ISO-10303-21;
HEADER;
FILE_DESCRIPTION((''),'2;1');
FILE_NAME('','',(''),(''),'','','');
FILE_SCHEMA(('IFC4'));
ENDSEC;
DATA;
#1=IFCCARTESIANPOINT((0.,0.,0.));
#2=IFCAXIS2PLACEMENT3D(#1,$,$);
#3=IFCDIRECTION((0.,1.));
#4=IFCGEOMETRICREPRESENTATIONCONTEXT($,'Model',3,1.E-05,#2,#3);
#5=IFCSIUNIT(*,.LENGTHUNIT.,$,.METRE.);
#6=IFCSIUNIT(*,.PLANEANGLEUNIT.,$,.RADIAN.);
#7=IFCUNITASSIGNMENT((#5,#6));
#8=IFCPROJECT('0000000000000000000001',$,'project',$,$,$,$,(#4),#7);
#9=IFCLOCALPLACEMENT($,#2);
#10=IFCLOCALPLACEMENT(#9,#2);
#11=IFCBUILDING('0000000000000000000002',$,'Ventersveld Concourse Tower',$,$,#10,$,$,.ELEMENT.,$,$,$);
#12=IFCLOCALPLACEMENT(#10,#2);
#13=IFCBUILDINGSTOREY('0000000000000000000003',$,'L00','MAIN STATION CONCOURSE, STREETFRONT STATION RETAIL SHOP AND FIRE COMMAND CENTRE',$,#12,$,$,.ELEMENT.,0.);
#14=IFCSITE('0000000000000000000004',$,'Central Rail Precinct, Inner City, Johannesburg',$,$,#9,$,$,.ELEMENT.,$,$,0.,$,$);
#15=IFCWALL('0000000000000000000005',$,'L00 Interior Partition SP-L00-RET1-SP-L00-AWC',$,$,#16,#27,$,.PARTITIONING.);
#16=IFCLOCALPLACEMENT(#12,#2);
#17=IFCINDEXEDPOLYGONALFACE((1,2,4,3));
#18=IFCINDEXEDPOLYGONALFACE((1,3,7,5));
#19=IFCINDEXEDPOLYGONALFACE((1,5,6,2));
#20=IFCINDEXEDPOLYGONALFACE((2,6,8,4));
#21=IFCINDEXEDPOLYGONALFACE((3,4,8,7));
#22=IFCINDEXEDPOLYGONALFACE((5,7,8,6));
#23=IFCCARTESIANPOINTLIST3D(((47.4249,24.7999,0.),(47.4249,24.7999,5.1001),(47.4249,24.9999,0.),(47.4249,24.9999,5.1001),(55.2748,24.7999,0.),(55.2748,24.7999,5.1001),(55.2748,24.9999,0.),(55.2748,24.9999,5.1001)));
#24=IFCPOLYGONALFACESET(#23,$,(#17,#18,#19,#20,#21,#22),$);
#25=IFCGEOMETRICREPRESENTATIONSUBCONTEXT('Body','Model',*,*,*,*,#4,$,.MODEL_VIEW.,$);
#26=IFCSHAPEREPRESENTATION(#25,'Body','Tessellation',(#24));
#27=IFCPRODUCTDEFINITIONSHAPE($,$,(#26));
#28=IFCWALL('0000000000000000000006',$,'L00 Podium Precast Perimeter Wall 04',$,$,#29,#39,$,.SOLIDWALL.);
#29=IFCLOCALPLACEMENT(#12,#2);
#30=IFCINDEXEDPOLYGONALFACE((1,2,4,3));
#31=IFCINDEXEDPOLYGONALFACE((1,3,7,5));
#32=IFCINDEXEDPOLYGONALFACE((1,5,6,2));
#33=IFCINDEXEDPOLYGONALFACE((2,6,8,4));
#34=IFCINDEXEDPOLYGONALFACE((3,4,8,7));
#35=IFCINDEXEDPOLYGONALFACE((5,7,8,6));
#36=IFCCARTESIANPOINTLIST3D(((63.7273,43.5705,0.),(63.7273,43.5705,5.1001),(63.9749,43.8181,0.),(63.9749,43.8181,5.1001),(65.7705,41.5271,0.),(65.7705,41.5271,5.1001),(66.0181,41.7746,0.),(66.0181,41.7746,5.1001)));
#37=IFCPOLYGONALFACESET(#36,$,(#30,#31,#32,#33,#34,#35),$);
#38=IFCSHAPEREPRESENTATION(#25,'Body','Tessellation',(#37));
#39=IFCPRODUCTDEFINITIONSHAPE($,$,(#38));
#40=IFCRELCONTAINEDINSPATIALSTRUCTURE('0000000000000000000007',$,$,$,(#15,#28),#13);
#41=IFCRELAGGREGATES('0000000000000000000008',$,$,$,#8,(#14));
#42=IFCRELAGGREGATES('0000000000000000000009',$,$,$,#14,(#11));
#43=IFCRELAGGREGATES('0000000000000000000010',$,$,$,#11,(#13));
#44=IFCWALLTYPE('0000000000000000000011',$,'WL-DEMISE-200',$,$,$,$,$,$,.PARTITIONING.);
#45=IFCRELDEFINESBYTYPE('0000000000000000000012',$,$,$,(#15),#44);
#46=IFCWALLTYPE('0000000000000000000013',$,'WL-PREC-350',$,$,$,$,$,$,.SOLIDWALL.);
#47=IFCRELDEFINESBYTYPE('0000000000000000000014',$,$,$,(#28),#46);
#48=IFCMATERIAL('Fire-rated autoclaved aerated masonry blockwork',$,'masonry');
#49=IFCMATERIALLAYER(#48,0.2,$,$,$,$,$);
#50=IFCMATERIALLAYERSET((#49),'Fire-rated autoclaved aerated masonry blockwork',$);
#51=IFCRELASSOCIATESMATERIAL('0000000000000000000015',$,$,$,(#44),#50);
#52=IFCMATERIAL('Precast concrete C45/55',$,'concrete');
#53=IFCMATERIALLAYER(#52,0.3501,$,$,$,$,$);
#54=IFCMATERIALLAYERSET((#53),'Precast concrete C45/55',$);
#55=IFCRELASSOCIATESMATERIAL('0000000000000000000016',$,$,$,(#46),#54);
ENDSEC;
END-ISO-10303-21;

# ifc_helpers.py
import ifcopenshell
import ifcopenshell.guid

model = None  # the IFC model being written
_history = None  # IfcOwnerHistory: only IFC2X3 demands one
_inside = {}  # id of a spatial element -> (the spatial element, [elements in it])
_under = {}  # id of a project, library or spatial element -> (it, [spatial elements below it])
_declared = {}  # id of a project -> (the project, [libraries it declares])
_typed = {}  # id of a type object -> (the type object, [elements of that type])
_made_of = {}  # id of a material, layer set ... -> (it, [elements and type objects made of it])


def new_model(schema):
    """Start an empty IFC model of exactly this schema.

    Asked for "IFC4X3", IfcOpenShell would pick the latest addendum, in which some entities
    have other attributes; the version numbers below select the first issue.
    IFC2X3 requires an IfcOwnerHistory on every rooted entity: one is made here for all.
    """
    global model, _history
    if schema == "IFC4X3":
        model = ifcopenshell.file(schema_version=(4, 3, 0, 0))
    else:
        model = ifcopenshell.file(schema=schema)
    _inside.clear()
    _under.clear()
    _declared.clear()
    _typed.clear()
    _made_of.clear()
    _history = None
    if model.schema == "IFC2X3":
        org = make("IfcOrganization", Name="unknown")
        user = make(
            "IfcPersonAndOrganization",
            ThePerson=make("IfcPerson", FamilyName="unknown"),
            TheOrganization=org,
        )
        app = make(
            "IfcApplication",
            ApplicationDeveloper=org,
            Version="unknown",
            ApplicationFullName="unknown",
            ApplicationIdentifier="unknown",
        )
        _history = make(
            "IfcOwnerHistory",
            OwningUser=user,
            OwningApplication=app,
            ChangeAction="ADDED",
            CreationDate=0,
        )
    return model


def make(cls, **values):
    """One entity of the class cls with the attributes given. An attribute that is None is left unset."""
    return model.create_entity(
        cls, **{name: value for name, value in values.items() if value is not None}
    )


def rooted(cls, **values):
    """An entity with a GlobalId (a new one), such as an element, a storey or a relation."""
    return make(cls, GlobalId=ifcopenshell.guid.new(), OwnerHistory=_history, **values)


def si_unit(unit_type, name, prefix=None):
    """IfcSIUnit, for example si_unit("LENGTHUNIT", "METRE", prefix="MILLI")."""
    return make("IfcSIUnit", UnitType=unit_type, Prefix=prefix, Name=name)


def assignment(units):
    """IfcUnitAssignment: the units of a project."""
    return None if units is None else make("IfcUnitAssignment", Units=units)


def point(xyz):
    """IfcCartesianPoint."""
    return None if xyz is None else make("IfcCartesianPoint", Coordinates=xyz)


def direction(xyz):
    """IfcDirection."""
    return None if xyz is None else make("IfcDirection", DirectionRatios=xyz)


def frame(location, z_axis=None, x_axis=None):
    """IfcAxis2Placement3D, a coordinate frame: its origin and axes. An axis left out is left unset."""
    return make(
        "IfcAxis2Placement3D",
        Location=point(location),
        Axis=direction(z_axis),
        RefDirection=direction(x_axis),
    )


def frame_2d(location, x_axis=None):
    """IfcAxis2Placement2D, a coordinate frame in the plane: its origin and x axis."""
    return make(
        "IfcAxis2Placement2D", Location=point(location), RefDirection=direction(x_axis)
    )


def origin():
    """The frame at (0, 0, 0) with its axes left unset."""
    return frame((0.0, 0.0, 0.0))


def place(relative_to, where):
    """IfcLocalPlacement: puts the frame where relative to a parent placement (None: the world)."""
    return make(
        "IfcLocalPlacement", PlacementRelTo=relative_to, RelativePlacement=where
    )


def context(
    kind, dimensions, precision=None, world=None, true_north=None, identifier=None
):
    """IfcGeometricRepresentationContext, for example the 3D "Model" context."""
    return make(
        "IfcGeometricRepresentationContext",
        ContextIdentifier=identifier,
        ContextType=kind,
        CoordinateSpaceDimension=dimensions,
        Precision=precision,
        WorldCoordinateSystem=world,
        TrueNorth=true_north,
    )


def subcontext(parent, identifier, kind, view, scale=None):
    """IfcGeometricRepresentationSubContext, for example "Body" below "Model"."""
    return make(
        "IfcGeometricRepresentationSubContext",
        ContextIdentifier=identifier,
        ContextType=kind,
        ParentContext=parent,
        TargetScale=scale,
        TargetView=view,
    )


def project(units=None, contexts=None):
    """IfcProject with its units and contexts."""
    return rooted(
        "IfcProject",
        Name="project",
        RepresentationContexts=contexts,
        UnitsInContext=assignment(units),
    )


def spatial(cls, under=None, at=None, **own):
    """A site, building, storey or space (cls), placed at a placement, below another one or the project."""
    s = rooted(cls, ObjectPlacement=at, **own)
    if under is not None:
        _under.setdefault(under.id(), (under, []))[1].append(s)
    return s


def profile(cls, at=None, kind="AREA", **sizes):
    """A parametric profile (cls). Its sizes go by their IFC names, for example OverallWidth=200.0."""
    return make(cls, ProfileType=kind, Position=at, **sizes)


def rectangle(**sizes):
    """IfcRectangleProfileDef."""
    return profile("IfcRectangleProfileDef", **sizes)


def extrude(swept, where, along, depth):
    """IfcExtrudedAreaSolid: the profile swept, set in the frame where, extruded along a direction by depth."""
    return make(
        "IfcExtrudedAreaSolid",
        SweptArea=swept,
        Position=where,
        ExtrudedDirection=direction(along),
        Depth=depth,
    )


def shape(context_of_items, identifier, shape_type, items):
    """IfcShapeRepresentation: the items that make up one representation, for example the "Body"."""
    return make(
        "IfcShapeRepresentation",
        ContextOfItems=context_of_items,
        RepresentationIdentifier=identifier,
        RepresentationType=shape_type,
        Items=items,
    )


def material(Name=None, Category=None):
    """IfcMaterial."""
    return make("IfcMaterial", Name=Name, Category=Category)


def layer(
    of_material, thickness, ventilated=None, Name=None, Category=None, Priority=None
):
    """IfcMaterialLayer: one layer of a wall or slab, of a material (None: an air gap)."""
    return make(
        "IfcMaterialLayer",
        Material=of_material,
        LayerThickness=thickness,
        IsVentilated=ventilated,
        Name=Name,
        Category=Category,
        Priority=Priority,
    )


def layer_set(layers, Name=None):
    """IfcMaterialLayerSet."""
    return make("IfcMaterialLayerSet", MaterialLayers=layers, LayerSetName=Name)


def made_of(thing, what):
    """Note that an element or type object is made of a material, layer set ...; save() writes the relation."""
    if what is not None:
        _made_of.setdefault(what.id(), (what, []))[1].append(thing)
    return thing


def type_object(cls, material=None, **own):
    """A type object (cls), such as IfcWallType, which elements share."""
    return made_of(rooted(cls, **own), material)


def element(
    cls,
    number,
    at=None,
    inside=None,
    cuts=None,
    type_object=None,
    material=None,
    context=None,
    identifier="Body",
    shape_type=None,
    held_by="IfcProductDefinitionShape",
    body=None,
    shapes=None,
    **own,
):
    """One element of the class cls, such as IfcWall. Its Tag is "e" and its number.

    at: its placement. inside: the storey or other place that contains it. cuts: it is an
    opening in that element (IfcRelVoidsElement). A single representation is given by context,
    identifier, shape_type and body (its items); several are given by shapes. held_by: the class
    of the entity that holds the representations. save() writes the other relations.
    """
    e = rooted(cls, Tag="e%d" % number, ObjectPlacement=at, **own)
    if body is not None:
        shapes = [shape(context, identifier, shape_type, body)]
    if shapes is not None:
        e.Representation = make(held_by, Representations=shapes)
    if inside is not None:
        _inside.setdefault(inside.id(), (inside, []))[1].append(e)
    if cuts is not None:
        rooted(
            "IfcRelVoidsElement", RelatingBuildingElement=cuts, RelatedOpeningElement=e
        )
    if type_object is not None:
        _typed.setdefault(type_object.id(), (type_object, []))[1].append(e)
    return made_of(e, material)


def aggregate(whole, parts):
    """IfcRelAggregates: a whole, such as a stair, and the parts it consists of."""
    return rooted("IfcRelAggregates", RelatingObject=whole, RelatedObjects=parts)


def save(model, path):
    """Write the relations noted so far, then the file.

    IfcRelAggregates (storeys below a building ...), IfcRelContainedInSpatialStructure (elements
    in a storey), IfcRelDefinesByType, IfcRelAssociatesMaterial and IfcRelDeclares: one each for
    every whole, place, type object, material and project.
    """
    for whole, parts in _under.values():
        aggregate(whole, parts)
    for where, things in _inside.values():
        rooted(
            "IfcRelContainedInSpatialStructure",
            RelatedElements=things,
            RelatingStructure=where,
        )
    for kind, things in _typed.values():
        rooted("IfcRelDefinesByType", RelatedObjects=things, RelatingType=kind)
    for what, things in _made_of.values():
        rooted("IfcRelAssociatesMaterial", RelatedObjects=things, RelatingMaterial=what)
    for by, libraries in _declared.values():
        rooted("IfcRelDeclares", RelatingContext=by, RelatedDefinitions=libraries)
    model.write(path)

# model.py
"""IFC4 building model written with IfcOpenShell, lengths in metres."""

from ifc_helpers import new_model, si_unit, direction, frame, frame_2d, origin, place, context, subcontext, project, spatial, rectangle, extrude, material, layer, layer_set, type_object, element, save


model = new_model("IFC4")

# Units and contexts
model_context = context("Model", 3, precision=1e-05, world=origin(), true_north=direction((0.0, 1.0)))
body_context = subcontext(model_context, "Body", "Model", "MODEL_VIEW")
ifc_project = project(units=[si_unit("LENGTHUNIT", "METRE"), si_unit("PLANEANGLEUNIT", "RADIAN")], contexts=[model_context])

# Site, building, storey
site_placement = place(None, origin())
site = spatial("IfcSite", under=ifc_project, at=site_placement, Name="Central Rail Precinct, Inner City, Johannesburg", CompositionType="ELEMENT", RefElevation=0.0)
building_placement = place(site_placement, origin())
building = spatial("IfcBuilding", under=site, at=building_placement, Name="Ventersveld Concourse Tower", CompositionType="ELEMENT")
storey_placement = place(building_placement, origin())
storey = spatial("IfcBuildingStorey", under=building, at=storey_placement, Name="L00", Description="MAIN STATION CONCOURSE, STREETFRONT STATION RETAIL SHOP AND FIRE COMMAND CENTRE", CompositionType="ELEMENT", Elevation=0.0)

# Shared definitions
ifc_material_1 = material(Name="Fire-rated autoclaved aerated masonry blockwork", Category="masonry")

# Walls
ifc_layer_1 = layer(ifc_material_1, 0.2)
ifc_layer_set_1 = layer_set([ifc_layer_1], Name="Fire-rated autoclaved aerated masonry blockwork")
wall_type_1 = type_object("IfcWallType", Name="WL-DEMISE-200", PredefinedType="PARTITIONING", material=ifc_layer_set_1)
wall_1_placement = place(storey_placement, frame((47.425, 24.8999, 0.0), z_axis=(0.0, 0.0, 1.0), x_axis=(1.0, 0.0, 0.0)))
element("IfcWall", 1, at=wall_1_placement, inside=storey, type_object=wall_type_1, Name="L00 Interior Partition SP-L00-RET1-SP-L00-AWC", PredefinedType="PARTITIONING", context=body_context, shape_type="SweptSolid", body=[
    extrude(rectangle(XDim=7.8499, YDim=0.2, at=frame_2d((3.9248, 0.0))), origin(), (0.0, 0.0, 1.0), 5.1001),
])
ifc_material_2 = material(Name="Precast concrete C45/55", Category="concrete")
ifc_layer_2 = layer(ifc_material_2, 0.3501)
ifc_layer_set_2 = layer_set([ifc_layer_2], Name="Precast concrete C45/55")
wall_type_2 = type_object("IfcWallType", Name="WL-PREC-350", PredefinedType="SOLIDWALL", material=ifc_layer_set_2)
wall_2_placement = place(storey_placement, frame((65.8943, 41.6509, 0.0), z_axis=(0.0, 0.0, 1.0), x_axis=(-0.707065, 0.707149, 0.0)))
element("IfcWall", 2, at=wall_2_placement, inside=storey, type_object=wall_type_2, Name="L00 Podium Precast Perimeter Wall 04", PredefinedType="SOLIDWALL", context=body_context, shape_type="SweptSolid", body=[
    extrude(rectangle(XDim=2.8896, YDim=0.3501, at=frame_2d((1.4448, 0.0))), origin(), (0.0, 0.0, 1.0), 5.1001),
])

save(model, "model.ifc")
